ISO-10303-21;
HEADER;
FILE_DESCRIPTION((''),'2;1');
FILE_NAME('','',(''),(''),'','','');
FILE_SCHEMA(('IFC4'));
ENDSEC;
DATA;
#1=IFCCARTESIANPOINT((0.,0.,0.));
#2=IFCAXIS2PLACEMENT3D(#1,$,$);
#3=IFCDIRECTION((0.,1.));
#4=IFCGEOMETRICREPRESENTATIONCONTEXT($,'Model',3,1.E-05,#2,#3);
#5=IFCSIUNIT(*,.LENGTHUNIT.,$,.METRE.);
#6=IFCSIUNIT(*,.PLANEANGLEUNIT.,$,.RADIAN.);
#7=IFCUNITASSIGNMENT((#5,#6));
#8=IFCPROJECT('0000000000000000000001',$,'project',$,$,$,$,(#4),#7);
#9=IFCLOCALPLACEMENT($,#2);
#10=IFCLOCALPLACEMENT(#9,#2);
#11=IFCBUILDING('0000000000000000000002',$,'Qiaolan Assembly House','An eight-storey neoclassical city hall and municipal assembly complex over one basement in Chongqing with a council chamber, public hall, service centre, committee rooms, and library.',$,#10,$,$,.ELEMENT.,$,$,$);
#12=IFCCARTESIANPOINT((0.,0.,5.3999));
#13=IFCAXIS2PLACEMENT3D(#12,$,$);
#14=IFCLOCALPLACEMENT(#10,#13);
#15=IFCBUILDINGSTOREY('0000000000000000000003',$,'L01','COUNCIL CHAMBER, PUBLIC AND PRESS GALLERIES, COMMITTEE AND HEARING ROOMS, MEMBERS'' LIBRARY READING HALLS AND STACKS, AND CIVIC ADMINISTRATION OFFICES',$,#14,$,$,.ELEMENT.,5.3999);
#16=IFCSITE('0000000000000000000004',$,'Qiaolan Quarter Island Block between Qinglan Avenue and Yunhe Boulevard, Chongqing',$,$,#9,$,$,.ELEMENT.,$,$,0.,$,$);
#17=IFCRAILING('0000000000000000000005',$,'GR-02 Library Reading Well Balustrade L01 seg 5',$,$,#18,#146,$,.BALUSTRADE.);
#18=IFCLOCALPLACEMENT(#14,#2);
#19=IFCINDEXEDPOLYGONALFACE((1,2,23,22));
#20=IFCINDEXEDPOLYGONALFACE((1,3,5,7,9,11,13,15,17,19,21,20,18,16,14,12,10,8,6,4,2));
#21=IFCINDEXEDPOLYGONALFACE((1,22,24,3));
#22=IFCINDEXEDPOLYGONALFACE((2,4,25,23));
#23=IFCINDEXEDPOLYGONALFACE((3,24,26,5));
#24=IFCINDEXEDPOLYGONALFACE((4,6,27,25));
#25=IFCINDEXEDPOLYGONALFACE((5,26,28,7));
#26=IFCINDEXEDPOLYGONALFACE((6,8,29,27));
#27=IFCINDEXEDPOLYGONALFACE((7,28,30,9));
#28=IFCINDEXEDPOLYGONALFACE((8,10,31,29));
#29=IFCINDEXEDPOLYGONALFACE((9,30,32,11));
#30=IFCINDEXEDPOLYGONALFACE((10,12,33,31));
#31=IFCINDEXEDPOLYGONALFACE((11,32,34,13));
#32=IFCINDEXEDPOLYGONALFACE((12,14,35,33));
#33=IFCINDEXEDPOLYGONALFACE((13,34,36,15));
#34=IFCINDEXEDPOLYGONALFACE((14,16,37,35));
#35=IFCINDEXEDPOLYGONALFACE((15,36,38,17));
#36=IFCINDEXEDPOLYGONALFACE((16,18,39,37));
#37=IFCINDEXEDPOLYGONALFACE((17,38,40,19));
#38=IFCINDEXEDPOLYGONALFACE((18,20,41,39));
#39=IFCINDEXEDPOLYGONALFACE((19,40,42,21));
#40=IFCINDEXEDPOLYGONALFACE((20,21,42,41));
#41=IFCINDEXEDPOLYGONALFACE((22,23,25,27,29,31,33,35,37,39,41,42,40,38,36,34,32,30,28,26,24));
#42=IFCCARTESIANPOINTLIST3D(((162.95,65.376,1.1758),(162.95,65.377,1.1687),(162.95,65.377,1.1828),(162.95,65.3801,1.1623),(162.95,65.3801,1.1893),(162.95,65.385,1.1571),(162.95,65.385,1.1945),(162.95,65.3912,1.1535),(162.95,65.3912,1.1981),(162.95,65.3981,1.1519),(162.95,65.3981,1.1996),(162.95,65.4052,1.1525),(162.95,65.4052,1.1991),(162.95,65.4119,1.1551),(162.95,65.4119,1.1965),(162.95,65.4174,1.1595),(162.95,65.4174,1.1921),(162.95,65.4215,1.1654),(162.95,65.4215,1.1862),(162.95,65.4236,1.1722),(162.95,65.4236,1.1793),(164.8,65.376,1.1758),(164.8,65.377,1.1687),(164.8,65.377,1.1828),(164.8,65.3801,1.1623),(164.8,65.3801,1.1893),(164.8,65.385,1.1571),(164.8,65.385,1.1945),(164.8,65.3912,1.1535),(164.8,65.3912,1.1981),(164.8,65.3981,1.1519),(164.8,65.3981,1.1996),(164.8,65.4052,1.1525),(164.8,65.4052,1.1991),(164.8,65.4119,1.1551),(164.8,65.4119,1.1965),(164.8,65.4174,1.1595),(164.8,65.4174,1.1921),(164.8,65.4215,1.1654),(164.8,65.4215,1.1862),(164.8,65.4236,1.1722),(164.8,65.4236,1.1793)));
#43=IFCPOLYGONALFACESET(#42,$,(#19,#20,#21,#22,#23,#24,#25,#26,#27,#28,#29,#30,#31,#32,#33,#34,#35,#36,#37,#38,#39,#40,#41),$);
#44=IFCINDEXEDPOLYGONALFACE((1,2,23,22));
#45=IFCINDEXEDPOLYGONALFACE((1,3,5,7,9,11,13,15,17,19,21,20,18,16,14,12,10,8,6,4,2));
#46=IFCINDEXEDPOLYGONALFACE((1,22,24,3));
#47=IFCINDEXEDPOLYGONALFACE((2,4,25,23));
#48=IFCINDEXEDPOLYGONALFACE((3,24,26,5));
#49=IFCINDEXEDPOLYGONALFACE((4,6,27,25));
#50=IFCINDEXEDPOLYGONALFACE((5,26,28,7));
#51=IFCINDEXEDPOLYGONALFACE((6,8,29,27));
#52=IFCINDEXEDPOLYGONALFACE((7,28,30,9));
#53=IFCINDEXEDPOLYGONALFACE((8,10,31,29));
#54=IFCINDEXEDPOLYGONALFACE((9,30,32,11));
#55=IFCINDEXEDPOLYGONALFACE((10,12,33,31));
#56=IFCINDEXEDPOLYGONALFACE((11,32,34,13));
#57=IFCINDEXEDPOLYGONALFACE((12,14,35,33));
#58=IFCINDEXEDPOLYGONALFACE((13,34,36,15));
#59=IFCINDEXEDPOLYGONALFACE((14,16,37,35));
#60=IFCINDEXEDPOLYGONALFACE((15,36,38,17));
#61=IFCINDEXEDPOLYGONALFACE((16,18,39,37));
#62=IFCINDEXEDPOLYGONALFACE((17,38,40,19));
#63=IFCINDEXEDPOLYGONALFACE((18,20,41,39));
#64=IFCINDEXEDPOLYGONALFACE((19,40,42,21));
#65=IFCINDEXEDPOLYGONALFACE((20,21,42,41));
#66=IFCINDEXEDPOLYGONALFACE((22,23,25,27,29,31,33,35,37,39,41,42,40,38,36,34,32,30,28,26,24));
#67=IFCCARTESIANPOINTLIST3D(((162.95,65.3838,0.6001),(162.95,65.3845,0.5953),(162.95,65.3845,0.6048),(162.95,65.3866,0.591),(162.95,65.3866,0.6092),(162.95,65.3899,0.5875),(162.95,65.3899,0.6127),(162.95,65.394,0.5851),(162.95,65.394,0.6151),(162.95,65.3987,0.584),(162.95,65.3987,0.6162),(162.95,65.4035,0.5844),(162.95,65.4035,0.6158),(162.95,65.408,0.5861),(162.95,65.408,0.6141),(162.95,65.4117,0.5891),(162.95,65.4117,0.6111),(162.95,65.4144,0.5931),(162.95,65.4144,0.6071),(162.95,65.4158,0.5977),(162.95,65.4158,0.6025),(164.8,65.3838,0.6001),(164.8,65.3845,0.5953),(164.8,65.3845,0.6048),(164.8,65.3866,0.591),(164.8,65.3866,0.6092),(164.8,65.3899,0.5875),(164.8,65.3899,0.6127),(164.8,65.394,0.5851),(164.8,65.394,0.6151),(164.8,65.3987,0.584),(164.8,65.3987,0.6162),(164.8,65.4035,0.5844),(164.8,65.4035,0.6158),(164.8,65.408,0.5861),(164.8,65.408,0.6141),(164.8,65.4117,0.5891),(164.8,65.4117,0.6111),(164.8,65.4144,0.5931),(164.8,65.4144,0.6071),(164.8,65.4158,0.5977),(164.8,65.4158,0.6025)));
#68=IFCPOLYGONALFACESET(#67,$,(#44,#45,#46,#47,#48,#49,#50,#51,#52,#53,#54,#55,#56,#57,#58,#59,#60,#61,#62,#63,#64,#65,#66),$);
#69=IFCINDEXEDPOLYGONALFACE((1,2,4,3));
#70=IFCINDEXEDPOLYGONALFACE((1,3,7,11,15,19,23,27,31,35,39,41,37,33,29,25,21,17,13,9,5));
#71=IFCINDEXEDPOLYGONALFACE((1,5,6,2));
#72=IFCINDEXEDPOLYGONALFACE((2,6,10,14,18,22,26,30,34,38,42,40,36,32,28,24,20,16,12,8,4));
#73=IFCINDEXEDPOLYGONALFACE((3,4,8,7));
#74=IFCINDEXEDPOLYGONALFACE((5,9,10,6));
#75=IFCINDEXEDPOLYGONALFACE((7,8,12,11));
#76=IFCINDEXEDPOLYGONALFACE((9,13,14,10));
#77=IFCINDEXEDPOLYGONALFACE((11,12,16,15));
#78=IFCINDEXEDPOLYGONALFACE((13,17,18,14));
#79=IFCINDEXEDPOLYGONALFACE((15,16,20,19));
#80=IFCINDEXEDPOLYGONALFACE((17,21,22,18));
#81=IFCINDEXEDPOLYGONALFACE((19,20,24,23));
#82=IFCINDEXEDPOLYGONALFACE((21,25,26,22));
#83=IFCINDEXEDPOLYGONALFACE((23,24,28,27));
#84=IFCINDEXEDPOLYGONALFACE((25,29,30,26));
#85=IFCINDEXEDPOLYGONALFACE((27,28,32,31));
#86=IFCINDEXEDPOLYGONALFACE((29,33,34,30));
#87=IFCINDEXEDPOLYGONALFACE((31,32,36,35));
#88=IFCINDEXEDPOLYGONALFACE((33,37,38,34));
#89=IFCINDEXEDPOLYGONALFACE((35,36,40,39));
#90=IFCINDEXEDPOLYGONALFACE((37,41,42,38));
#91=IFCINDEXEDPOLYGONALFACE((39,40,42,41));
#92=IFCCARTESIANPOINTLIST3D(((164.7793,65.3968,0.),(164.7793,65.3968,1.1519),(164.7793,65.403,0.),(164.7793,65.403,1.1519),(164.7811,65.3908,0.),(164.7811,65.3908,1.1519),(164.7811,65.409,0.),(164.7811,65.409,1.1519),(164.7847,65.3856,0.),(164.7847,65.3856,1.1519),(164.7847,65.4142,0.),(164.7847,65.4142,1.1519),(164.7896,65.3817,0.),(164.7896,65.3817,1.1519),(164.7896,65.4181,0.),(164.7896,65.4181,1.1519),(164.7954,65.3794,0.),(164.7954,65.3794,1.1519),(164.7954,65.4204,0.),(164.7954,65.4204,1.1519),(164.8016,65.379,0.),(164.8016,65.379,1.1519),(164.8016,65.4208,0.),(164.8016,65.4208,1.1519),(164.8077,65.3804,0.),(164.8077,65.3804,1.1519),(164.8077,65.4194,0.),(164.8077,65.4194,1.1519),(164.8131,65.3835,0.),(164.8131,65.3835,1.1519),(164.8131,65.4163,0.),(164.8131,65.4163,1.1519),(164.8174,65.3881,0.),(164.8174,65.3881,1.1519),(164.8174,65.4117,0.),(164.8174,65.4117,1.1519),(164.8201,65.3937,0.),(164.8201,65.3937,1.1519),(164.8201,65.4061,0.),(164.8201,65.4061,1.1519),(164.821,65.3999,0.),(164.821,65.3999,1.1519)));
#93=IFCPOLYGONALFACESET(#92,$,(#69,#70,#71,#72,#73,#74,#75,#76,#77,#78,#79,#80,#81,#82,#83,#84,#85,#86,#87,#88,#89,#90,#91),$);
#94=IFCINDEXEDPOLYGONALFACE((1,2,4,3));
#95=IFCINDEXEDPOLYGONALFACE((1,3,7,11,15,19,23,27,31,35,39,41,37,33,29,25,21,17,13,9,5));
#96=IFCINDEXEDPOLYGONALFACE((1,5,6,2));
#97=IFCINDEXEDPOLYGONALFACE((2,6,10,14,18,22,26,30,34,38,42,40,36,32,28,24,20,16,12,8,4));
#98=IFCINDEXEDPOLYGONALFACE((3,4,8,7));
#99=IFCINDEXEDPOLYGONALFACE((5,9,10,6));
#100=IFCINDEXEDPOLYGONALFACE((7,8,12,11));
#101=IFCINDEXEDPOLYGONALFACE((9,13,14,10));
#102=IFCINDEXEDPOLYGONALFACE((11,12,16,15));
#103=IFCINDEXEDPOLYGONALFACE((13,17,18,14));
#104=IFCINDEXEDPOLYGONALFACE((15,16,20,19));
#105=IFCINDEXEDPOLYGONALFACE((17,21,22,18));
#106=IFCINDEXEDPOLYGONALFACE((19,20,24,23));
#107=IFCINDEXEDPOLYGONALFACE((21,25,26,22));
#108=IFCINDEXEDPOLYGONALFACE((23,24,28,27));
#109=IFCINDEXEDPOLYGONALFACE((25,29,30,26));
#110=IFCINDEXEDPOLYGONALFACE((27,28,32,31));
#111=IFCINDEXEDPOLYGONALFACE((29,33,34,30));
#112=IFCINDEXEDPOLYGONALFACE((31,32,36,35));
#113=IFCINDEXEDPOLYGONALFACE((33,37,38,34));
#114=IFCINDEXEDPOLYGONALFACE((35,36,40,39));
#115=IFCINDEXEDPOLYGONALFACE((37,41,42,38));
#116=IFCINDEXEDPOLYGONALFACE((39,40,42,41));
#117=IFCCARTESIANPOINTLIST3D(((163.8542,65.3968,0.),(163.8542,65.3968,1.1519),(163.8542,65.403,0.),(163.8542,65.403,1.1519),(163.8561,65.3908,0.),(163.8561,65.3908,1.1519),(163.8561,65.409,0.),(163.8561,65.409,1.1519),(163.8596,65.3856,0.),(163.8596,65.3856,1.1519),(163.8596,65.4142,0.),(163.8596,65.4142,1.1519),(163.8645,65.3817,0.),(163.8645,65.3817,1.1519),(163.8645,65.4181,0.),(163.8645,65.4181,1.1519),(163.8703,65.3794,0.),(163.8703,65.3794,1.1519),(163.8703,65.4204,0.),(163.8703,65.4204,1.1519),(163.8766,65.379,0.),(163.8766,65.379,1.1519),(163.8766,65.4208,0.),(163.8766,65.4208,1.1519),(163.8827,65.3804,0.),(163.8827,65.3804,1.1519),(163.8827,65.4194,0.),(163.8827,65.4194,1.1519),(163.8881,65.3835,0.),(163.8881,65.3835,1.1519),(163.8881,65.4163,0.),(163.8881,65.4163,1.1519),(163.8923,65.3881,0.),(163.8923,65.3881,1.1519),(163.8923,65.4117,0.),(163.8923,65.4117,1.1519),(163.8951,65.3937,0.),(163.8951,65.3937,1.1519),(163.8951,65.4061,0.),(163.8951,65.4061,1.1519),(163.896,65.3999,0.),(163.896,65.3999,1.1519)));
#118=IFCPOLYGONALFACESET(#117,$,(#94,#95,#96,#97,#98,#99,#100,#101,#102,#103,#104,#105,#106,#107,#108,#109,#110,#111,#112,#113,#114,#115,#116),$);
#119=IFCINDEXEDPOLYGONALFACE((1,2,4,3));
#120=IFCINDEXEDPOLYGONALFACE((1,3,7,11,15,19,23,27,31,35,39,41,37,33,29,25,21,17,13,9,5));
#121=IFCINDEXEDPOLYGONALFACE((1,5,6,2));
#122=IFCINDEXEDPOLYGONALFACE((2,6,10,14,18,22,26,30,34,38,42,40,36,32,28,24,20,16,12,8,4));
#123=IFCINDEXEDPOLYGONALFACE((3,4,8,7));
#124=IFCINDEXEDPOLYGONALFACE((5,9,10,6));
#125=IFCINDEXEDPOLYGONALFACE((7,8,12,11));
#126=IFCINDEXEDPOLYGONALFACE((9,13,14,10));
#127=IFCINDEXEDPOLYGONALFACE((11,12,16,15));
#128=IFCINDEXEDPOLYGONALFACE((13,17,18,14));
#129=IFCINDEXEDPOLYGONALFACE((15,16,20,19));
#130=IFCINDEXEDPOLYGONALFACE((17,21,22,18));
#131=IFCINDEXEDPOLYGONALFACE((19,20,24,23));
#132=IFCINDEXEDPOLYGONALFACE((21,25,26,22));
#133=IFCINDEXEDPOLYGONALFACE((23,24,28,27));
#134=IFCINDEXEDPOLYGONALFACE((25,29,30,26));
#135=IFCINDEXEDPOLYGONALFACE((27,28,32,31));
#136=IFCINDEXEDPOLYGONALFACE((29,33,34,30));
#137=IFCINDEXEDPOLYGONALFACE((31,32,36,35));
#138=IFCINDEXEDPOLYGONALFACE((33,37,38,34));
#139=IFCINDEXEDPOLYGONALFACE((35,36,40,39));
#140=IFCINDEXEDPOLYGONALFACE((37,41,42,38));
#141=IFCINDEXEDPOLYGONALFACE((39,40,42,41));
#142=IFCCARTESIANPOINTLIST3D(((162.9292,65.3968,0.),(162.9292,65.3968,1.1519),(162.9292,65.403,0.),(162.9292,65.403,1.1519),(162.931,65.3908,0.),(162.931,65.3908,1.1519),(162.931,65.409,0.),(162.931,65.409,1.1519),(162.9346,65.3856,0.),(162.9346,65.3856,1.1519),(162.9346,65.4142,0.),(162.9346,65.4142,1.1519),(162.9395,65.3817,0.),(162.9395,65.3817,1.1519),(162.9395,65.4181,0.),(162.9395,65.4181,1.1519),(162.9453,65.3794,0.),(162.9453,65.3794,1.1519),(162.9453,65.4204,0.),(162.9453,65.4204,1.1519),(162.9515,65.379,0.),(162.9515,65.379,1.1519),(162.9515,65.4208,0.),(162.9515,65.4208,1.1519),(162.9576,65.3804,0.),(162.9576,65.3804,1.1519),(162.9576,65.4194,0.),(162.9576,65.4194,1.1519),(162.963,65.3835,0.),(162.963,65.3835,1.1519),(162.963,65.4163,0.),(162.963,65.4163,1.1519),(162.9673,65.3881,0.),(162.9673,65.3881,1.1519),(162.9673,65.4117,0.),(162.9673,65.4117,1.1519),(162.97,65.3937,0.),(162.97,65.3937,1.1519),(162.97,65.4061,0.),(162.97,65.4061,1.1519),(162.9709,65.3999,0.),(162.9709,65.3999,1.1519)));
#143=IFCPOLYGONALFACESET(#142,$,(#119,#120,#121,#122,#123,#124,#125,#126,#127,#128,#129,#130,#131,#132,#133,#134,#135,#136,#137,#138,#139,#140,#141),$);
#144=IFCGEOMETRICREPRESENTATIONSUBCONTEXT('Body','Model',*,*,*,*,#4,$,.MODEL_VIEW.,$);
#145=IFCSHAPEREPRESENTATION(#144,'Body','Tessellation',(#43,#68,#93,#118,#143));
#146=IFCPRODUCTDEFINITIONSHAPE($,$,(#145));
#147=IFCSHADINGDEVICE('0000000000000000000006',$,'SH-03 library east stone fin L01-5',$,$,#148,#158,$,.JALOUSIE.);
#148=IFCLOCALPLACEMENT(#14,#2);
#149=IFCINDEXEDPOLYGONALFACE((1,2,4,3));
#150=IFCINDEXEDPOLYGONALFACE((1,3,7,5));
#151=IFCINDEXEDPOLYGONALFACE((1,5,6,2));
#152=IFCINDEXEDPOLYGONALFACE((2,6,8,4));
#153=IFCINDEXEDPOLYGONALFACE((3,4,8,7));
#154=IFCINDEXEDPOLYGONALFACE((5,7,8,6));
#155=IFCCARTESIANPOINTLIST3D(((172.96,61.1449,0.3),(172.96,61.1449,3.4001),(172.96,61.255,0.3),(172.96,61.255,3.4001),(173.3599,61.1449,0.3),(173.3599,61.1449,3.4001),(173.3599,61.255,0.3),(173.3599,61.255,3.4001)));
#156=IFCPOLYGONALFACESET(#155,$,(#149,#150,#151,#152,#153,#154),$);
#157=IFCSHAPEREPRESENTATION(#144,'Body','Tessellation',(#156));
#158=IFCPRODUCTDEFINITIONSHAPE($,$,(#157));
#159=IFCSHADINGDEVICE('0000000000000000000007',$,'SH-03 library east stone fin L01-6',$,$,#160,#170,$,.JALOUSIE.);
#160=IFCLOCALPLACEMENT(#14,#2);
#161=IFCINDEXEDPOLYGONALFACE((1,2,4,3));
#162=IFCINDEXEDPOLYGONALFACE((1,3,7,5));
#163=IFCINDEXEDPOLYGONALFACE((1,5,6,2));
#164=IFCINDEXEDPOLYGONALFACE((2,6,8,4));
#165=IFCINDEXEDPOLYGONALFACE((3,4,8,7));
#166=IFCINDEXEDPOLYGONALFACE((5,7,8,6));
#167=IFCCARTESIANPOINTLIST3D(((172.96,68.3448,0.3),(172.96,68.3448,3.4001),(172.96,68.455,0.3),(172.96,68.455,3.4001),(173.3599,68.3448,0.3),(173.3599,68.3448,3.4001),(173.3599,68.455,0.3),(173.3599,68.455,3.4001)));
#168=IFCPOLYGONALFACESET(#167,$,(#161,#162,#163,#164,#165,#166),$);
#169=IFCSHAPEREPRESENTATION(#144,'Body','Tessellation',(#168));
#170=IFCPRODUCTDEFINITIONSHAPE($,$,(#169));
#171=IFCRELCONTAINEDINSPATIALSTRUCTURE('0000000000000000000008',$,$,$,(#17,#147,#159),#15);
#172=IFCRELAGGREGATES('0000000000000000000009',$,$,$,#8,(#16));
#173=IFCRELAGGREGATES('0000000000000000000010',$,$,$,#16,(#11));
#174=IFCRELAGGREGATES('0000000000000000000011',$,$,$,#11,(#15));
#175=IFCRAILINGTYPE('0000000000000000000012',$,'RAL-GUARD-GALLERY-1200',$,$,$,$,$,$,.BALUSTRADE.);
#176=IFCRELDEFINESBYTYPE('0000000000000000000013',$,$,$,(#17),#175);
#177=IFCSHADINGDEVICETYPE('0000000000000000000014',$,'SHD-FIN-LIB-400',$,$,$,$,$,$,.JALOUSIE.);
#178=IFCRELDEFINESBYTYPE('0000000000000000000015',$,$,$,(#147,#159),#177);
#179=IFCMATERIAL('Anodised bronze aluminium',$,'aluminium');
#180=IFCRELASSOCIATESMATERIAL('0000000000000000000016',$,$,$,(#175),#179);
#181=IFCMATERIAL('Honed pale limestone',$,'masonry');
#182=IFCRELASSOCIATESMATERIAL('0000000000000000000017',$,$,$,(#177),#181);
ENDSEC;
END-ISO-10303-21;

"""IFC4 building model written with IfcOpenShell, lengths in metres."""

from ifc_helpers import new_model, si_unit, direction, frame, origin, origin_2d, place, context, subcontext, project, spatial, rectangle, circle, extrude, material, material_profile, profile_set, type_object, element, save


model = new_model("IFC4")

# Units and contexts
model_context = context("Model", 3, precision=1e-05, world=origin(), true_north=direction((0.0, 1.0)))
body_context = subcontext(model_context, "Body", "Model", "MODEL_VIEW")
ifc_project = project(units=[si_unit("LENGTHUNIT", "METRE"), si_unit("PLANEANGLEUNIT", "RADIAN")], contexts=[model_context])

# Site, building, storey
site_placement = place(None, origin())
site = spatial("IfcSite", under=ifc_project, at=site_placement, Name="Qiaolan Quarter Island Block between Qinglan Avenue and Yunhe Boulevard, Chongqing", CompositionType="ELEMENT", RefElevation=0.0)
building_placement = place(site_placement, origin())
building = spatial("IfcBuilding", under=site, at=building_placement, Name="Qiaolan Assembly House", Description="An eight-storey neoclassical city hall and municipal assembly complex over one basement in Chongqing with a council chamber, public hall, service centre, committee rooms, and library.", CompositionType="ELEMENT")
storey_placement = place(building_placement, frame((0.0, 0.0, 5.3999)))
storey = spatial("IfcBuildingStorey", under=building, at=storey_placement, Name="L01", Description="COUNCIL CHAMBER, PUBLIC AND PRESS GALLERIES, COMMITTEE AND HEARING ROOMS, MEMBERS' LIBRARY READING HALLS AND STACKS, AND CIVIC ADMINISTRATION OFFICES", CompositionType="ELEMENT", Elevation=5.3999)

# Shared definitions
ifc_material_1 = material(Name="Honed pale limestone", Category="masonry")

# Railing
ifc_material_2 = material(Name="Anodised bronze aluminium", Category="aluminium")
railing_type = type_object("IfcRailingType", Name="RAL-GUARD-GALLERY-1200", PredefinedType="BALUSTRADE", material=ifc_material_2)
railing_1_placement = place(storey_placement, frame((164.8, 65.3999, 0.0)))
element("IfcRailing", 1, at=railing_1_placement, inside=storey, type_object=railing_type, Name="GR-02 Library Reading Well Balustrade L01 seg 5", PredefinedType="BALUSTRADE", context=body_context, shape_type="SweptSolid", body=[
    extrude(circle(Radius=0.0239, at=origin_2d()), frame((0.0, 0.0, 1.1758), z_axis=(-1.0, 0.0, 0.0), x_axis=(0.0, -1.0, 0.0)), (0.0, 0.0, 1.0), 1.8501),
    extrude(circle(Radius=0.0161, at=origin_2d()), frame((0.0, 0.0, 0.6001), z_axis=(-1.0, 0.0, 0.0), x_axis=(0.0, -1.0, 0.0)), (0.0, 0.0, 1.0), 1.8501),
    extrude(circle(Radius=0.021, at=origin_2d()), origin(), (0.0, 0.0, 1.0), 1.1519),
    extrude(circle(Radius=0.021, at=origin_2d()), frame((-0.925, 0.0, 0.0)), (0.0, 0.0, 1.0), 1.1519),
    extrude(circle(Radius=0.021, at=origin_2d()), frame((-1.8501, 0.0, 0.0)), (0.0, 0.0, 1.0), 1.1519),
])

# Shading devices
ifc_material_profile_1 = material_profile(ifc_material_1, rectangle(XDim=0.1101, YDim=0.3999, at=origin_2d()), Name="FIN 110x400")
ifc_profile_set_1 = profile_set([ifc_material_profile_1], Name="Honed pale limestone")
shading_device_type = type_object("IfcShadingDeviceType", Name="SHD-FIN-LIB-400", PredefinedType="JALOUSIE", material=ifc_profile_set_1)
for number, where, z_axis, x_axis, name in (
    (2, (173.1599, 61.2, 0.3), (0.0, 0.0, 1.0), (0.0, 1.0, 0.0), "SH-03 library east stone fin L01-5"),
    (3, (173.1599, 68.3999, 0.3), (0.0, 0.0, 1.0), (0.0, 1.0, 0.0), "SH-03 library east stone fin L01-6"),
):
    element("IfcShadingDevice", number, at=place(storey_placement, frame(where, z_axis=z_axis, x_axis=x_axis)), inside=storey, type_object=shading_device_type, Name=name, PredefinedType="JALOUSIE", context=body_context, shape_type="SweptSolid", body=[
        extrude(rectangle(XDim=0.1101, YDim=0.3999, at=origin_2d()), origin(), (0.0, 0.0, 1.0), 3.1001),
    ])

save(model, "model.ifc")
